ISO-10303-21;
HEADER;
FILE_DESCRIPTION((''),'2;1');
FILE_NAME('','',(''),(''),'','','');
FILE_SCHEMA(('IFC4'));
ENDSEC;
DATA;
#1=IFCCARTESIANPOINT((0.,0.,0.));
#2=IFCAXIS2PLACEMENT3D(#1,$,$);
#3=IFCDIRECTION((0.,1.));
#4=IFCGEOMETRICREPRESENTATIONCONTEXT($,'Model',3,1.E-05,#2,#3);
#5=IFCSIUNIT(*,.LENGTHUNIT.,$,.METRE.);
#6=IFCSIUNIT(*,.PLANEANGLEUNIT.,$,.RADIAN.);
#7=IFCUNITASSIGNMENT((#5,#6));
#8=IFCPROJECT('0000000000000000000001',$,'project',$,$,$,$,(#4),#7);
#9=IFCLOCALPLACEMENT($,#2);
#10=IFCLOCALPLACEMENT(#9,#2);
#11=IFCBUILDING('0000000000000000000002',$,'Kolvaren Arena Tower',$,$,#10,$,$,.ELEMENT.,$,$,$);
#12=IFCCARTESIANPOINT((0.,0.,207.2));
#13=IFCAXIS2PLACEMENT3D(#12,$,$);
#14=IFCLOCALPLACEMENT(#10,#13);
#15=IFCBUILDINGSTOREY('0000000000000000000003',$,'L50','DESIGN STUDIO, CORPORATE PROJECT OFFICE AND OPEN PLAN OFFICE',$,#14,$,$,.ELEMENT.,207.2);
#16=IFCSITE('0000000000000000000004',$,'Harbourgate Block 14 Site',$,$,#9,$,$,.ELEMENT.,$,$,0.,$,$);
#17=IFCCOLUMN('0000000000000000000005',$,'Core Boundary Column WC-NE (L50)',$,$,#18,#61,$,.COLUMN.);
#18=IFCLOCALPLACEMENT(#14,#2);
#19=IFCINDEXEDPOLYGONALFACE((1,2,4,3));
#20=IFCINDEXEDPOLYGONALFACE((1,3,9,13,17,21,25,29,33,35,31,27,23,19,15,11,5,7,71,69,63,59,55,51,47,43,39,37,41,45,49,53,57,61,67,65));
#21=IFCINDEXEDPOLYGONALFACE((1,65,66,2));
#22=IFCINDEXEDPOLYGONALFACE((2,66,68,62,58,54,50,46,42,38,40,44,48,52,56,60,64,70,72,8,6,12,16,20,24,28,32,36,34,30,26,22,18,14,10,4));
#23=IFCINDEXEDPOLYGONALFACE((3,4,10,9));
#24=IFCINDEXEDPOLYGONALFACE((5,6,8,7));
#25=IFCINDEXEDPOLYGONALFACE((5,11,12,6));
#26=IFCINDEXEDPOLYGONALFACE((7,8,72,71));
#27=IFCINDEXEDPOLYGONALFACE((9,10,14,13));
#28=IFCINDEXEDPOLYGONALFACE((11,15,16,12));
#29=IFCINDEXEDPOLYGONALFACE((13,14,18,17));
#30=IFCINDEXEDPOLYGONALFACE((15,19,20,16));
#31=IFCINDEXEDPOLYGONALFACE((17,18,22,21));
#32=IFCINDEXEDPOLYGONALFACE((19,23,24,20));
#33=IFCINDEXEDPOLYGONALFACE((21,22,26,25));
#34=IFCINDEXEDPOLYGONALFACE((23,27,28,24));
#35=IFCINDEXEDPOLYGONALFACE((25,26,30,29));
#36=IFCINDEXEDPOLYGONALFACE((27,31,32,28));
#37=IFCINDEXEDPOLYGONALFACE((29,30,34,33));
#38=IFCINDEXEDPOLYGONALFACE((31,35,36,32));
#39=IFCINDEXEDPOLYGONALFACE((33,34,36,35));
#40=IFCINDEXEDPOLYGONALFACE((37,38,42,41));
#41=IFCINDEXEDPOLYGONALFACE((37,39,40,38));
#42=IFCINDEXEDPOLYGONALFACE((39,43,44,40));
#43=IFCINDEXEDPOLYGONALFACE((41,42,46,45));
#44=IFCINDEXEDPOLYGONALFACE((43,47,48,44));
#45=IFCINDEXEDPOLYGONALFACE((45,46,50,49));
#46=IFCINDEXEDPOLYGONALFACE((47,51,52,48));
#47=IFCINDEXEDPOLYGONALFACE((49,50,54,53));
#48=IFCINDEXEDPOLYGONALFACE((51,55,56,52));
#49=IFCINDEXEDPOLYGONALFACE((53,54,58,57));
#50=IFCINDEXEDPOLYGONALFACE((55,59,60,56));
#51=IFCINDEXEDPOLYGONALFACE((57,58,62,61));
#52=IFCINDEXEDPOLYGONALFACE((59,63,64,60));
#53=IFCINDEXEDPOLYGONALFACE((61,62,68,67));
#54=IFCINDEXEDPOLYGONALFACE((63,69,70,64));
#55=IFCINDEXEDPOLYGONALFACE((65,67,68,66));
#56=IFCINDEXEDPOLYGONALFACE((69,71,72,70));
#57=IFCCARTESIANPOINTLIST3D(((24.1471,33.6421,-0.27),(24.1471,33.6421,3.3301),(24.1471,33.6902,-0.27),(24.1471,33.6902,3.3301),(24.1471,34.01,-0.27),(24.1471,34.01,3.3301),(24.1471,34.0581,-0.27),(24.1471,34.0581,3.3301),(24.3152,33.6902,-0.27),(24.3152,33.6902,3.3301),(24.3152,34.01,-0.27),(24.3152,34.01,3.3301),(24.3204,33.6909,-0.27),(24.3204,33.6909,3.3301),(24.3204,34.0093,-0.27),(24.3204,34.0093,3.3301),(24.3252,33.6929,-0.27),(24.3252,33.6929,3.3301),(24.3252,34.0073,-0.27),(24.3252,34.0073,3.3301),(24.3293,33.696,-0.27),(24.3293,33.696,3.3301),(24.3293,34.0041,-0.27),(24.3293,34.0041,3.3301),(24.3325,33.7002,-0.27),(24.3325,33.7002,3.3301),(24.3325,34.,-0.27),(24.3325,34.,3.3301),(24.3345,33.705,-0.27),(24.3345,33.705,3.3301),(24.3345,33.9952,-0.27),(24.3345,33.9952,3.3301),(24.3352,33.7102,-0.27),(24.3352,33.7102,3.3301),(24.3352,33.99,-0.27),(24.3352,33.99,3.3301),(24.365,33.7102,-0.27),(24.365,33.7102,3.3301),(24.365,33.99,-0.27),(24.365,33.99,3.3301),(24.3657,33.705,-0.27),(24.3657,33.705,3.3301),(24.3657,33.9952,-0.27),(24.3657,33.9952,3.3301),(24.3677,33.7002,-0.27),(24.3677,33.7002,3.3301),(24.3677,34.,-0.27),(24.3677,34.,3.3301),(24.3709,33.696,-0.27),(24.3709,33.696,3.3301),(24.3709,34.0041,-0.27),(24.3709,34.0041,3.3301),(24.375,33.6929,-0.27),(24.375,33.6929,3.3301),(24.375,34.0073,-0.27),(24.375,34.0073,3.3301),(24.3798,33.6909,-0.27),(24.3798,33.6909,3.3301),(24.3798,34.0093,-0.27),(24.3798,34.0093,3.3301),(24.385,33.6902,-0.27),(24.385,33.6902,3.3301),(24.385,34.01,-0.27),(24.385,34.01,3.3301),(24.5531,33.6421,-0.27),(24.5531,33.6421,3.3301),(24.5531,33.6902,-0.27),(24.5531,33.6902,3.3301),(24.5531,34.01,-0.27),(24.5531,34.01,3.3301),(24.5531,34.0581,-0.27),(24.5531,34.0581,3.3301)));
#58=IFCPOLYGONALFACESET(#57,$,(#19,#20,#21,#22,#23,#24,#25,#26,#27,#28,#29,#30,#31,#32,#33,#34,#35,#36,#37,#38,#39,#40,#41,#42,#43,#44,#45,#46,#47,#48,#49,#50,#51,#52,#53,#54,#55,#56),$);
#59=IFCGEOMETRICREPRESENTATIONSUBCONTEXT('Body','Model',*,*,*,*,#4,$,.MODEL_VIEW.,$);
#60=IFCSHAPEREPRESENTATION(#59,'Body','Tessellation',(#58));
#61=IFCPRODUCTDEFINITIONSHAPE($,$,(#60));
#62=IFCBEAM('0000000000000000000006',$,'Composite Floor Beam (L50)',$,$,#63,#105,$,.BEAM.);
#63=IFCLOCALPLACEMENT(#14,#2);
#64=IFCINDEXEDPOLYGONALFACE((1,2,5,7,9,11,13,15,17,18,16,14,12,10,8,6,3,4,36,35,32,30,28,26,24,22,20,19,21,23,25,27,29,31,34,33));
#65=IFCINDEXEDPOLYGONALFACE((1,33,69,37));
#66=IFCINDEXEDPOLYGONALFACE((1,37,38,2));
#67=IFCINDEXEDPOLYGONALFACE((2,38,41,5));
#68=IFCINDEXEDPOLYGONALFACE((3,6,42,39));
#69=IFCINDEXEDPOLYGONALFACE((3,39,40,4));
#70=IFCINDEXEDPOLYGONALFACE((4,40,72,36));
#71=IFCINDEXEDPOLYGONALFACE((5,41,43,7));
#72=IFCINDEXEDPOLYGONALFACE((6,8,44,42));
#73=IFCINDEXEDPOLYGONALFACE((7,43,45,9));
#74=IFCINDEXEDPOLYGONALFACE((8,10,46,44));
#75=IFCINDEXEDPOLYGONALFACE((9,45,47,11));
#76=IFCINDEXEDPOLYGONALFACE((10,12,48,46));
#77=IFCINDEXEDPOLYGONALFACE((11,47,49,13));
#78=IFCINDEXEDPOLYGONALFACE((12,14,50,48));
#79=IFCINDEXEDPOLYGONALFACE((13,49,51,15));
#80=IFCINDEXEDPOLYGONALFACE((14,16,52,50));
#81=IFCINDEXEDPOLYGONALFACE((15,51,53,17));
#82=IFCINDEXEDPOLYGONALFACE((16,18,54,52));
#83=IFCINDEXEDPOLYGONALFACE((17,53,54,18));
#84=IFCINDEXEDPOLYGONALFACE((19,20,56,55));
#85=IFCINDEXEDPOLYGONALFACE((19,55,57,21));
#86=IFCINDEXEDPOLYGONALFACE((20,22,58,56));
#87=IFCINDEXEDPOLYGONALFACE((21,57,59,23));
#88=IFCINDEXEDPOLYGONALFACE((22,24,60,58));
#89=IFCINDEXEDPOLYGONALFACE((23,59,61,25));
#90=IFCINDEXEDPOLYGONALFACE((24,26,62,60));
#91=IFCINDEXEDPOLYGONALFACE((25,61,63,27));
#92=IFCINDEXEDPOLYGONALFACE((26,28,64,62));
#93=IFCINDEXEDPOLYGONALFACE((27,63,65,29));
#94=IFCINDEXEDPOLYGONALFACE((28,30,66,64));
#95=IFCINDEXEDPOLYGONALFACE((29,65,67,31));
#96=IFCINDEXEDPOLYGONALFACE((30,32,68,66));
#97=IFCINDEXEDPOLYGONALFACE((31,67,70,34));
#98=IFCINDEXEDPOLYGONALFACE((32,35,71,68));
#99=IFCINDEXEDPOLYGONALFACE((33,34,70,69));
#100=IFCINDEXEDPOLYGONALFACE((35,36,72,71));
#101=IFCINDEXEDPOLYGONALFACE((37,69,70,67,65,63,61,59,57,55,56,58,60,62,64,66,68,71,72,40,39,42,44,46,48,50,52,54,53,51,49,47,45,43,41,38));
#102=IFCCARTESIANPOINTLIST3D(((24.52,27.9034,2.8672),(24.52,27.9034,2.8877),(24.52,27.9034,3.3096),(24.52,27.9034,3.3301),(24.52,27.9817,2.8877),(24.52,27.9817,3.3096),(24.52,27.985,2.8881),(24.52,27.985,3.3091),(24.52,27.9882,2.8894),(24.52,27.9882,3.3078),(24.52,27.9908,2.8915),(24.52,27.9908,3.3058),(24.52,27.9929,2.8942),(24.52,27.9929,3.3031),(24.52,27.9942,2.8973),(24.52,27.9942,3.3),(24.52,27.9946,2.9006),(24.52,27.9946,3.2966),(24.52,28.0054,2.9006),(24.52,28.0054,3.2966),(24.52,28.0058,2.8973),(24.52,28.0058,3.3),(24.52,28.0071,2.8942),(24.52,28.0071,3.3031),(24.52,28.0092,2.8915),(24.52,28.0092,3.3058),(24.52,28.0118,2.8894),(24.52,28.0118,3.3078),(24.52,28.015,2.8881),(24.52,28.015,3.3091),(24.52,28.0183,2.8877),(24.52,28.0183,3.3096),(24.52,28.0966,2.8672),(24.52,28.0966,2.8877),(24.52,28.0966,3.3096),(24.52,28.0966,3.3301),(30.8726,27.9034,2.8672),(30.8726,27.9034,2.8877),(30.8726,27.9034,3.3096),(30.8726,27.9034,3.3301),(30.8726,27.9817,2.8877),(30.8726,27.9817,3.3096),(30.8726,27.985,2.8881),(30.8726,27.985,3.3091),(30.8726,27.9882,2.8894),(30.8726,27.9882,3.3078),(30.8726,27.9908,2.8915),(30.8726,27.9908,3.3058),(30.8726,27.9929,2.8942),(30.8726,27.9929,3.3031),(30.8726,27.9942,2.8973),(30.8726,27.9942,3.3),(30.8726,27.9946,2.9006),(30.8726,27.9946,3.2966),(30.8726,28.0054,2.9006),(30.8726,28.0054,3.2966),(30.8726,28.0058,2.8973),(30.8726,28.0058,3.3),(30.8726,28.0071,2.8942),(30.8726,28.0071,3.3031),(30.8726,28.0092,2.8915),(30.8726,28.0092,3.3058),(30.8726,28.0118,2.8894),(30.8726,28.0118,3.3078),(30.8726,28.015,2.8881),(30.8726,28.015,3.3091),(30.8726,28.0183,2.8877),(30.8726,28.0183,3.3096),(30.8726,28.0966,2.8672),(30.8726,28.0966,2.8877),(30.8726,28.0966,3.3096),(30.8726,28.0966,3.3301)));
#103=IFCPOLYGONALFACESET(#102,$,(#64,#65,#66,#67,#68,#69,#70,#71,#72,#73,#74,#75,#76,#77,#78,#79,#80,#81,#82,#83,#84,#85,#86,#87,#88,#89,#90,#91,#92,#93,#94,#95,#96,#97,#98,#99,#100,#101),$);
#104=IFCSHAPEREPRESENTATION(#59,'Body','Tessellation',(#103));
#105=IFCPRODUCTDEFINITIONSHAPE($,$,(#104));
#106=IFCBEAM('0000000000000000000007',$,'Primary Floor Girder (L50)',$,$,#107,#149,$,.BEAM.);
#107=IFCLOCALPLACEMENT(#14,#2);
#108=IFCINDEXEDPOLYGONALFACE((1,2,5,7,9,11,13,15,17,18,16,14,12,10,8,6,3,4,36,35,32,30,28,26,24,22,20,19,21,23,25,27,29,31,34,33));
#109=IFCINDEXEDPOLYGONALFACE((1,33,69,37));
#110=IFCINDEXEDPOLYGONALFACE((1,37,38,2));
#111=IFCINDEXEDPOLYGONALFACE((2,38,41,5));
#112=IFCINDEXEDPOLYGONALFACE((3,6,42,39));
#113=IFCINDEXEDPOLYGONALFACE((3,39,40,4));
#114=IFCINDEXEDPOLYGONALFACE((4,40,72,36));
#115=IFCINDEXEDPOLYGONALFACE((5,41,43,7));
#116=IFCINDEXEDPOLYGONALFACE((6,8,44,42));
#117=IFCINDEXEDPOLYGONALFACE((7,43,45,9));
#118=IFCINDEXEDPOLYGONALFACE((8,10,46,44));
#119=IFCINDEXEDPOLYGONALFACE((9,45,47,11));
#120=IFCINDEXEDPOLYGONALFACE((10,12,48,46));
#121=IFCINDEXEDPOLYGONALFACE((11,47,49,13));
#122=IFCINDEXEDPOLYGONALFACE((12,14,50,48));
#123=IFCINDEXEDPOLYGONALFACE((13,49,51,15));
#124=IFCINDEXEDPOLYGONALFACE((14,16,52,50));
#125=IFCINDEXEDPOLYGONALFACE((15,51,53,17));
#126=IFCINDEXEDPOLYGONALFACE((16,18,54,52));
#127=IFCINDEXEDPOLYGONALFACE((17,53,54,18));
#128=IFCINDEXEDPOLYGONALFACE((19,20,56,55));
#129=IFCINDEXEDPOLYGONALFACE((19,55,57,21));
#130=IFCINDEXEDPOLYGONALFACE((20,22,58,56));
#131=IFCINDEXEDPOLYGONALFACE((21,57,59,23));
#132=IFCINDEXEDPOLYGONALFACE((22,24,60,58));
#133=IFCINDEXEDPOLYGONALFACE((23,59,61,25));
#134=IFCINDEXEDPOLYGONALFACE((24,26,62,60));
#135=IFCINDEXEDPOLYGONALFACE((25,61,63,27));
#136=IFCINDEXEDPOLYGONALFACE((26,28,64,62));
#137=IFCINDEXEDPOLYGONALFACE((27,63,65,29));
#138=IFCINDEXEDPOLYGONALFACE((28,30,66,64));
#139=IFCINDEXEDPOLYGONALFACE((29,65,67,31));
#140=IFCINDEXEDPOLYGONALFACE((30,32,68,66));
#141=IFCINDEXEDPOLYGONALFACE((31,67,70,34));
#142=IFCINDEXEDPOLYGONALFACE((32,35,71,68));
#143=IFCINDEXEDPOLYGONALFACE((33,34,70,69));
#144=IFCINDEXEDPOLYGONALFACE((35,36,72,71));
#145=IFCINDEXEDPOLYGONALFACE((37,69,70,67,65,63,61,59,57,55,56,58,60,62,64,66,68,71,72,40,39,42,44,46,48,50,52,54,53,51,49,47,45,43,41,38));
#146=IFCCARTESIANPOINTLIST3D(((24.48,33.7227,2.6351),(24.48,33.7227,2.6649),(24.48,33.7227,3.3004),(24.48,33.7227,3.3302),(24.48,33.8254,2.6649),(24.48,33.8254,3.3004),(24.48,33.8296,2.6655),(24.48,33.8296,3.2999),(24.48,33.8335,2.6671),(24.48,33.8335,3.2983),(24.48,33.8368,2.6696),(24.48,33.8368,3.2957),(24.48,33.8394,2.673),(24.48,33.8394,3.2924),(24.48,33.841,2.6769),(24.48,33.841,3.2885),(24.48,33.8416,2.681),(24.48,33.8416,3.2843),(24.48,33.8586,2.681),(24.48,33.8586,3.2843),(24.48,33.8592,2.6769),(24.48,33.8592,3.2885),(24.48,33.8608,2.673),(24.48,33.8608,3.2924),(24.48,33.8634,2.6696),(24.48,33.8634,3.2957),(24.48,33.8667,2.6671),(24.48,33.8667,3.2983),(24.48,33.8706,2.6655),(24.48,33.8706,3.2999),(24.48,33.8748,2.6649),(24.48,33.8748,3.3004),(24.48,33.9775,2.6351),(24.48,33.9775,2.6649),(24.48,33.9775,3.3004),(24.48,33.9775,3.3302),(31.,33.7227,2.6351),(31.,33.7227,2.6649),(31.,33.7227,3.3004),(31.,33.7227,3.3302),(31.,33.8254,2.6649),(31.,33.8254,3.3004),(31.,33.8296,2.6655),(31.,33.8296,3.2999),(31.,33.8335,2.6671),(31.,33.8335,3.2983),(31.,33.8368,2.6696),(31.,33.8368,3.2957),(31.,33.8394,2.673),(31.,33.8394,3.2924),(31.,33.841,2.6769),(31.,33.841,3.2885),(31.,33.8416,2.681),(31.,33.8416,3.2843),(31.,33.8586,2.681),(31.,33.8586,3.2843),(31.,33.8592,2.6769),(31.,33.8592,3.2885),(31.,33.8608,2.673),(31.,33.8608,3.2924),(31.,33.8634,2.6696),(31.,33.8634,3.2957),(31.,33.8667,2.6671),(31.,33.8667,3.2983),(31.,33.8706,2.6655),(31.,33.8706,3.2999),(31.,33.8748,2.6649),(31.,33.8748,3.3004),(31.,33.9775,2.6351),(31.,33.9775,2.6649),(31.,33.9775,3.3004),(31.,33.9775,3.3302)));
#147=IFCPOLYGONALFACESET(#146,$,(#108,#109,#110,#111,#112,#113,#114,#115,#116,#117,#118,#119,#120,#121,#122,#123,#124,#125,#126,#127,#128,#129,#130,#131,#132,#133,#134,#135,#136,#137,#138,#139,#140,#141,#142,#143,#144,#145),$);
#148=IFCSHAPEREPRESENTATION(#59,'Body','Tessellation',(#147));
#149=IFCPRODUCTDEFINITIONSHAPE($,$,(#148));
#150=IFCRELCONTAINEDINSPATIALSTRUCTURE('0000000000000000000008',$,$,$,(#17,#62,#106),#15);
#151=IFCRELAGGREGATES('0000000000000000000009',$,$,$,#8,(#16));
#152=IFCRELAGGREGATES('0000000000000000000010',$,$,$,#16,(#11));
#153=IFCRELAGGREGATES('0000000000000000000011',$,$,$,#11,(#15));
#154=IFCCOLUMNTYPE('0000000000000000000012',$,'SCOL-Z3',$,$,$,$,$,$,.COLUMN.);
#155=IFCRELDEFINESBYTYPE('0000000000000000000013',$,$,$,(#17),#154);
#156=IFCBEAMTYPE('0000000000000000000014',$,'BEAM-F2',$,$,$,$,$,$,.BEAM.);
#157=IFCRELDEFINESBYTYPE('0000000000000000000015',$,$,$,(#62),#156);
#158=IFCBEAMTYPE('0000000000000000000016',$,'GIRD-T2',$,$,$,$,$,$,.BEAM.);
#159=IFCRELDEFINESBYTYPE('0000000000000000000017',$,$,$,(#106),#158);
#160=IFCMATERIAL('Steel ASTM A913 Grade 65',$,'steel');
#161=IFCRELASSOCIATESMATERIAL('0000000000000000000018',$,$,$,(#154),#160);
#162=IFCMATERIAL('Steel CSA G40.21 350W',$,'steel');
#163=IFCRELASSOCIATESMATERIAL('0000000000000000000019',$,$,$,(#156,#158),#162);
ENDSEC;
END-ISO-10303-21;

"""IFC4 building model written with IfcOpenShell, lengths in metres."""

from ifc_helpers import new_model, si_unit, direction, frame, origin, origin_2d, place, context, subcontext, project, spatial, i_section, extrude, material, material_profile, profile_set, type_object, element, save


model = new_model("IFC4")

# Units and contexts
model_context = context("Model", 3, precision=1e-05, world=origin(), true_north=direction((0.0, 1.0)))
body_context = subcontext(model_context, "Body", "Model", "MODEL_VIEW")
ifc_project = project(units=[si_unit("LENGTHUNIT", "METRE"), si_unit("PLANEANGLEUNIT", "RADIAN")], contexts=[model_context])

# Site, building, storey
site_placement = place(None, origin())
site = spatial("IfcSite", under=ifc_project, at=site_placement, Name="Harbourgate Block 14 Site", CompositionType="ELEMENT", RefElevation=0.0)
building_placement = place(site_placement, origin())
building = spatial("IfcBuilding", under=site, at=building_placement, Name="Kolvaren Arena Tower", CompositionType="ELEMENT")
storey_placement = place(building_placement, frame((0.0, 0.0, 207.2)))
storey = spatial("IfcBuildingStorey", under=building, at=storey_placement, Name="L50", Description="DESIGN STUDIO, CORPORATE PROJECT OFFICE AND OPEN PLAN OFFICE", CompositionType="ELEMENT", Elevation=207.2)

# Column
ifc_material_1 = material(Name="Steel ASTM A913 Grade 65", Category="steel")
ifc_material_profile_1 = material_profile(ifc_material_1, i_section(OverallWidth=0.406, OverallDepth=0.416, WebThickness=0.0298, FlangeThickness=0.0481, FilletRadius=0.02, at=origin_2d()), Name="W360x382")
ifc_profile_set_1 = profile_set([ifc_material_profile_1], Name="Steel ASTM A913 Grade 65")
column_type = type_object("IfcColumnType", Name="SCOL-Z3", PredefinedType="COLUMN", material=ifc_profile_set_1)
column_placement = place(storey_placement, frame((24.3501, 33.8501, -0.27), z_axis=(0.0, 0.0, 1.0), x_axis=(1.0, 0.0, 0.0)))
element("IfcColumn", 1, at=column_placement, inside=storey, type_object=column_type, Name="Core Boundary Column WC-NE (L50)", PredefinedType="COLUMN", context=body_context, shape_type="SweptSolid", body=[
    extrude(i_section(OverallWidth=0.406, OverallDepth=0.416, WebThickness=0.0298, FlangeThickness=0.0481, FilletRadius=0.02, at=origin_2d()), origin(), (0.0, 0.0, 1.0), 3.6001),
])

# Beams
ifc_material_2 = material(Name="Steel CSA G40.21 350W", Category="steel")
ifc_material_profile_2 = material_profile(ifc_material_2, i_section(OverallWidth=0.1931, OverallDepth=0.4629, WebThickness=0.0107, FlangeThickness=0.0205, FilletRadius=0.0129, at=origin_2d()), Name="W460x113")
ifc_profile_set_2 = profile_set([ifc_material_profile_2], Name="Steel CSA G40.21 350W")
beam_type_1 = type_object("IfcBeamType", Name="BEAM-F2", PredefinedType="BEAM", material=ifc_profile_set_2)
beam_1_placement = place(storey_placement, frame((24.52, 28.0, 3.0986), z_axis=(1.0, 0.0, 0.0), x_axis=(0.0, 1.0, 0.0)))
element("IfcBeam", 2, at=beam_1_placement, inside=storey, type_object=beam_type_1, Name="Composite Floor Beam (L50)", PredefinedType="BEAM", context=body_context, shape_type="SweptSolid", body=[
    extrude(i_section(OverallWidth=0.1931, OverallDepth=0.4629, WebThickness=0.0107, FlangeThickness=0.0205, FilletRadius=0.0129, at=origin_2d()), origin(), (0.0, 0.0, 1.0), 6.3525),
])
ifc_material_profile_3 = material_profile(ifc_material_2, i_section(OverallWidth=0.2549, OverallDepth=0.6951, WebThickness=0.0171, FlangeThickness=0.0298, FilletRadius=0.0161, at=origin_2d()), Name="W690x217")
ifc_profile_set_3 = profile_set([ifc_material_profile_3], Name="Steel CSA G40.21 350W")
beam_type_2 = type_object("IfcBeamType", Name="GIRD-T2", PredefinedType="BEAM", material=ifc_profile_set_3)
beam_2_placement = place(storey_placement, frame((24.48, 33.8501, 2.9827), z_axis=(1.0, 0.0, 0.0), x_axis=(0.0, 1.0, 0.0)))
element("IfcBeam", 3, at=beam_2_placement, inside=storey, type_object=beam_type_2, Name="Primary Floor Girder (L50)", PredefinedType="BEAM", context=body_context, shape_type="SweptSolid", body=[
    extrude(i_section(OverallWidth=0.2549, OverallDepth=0.6951, WebThickness=0.0171, FlangeThickness=0.0298, FilletRadius=0.0161, at=origin_2d()), origin(), (0.0, 0.0, 1.0), 6.52),
])

save(model, "model.ifc")
